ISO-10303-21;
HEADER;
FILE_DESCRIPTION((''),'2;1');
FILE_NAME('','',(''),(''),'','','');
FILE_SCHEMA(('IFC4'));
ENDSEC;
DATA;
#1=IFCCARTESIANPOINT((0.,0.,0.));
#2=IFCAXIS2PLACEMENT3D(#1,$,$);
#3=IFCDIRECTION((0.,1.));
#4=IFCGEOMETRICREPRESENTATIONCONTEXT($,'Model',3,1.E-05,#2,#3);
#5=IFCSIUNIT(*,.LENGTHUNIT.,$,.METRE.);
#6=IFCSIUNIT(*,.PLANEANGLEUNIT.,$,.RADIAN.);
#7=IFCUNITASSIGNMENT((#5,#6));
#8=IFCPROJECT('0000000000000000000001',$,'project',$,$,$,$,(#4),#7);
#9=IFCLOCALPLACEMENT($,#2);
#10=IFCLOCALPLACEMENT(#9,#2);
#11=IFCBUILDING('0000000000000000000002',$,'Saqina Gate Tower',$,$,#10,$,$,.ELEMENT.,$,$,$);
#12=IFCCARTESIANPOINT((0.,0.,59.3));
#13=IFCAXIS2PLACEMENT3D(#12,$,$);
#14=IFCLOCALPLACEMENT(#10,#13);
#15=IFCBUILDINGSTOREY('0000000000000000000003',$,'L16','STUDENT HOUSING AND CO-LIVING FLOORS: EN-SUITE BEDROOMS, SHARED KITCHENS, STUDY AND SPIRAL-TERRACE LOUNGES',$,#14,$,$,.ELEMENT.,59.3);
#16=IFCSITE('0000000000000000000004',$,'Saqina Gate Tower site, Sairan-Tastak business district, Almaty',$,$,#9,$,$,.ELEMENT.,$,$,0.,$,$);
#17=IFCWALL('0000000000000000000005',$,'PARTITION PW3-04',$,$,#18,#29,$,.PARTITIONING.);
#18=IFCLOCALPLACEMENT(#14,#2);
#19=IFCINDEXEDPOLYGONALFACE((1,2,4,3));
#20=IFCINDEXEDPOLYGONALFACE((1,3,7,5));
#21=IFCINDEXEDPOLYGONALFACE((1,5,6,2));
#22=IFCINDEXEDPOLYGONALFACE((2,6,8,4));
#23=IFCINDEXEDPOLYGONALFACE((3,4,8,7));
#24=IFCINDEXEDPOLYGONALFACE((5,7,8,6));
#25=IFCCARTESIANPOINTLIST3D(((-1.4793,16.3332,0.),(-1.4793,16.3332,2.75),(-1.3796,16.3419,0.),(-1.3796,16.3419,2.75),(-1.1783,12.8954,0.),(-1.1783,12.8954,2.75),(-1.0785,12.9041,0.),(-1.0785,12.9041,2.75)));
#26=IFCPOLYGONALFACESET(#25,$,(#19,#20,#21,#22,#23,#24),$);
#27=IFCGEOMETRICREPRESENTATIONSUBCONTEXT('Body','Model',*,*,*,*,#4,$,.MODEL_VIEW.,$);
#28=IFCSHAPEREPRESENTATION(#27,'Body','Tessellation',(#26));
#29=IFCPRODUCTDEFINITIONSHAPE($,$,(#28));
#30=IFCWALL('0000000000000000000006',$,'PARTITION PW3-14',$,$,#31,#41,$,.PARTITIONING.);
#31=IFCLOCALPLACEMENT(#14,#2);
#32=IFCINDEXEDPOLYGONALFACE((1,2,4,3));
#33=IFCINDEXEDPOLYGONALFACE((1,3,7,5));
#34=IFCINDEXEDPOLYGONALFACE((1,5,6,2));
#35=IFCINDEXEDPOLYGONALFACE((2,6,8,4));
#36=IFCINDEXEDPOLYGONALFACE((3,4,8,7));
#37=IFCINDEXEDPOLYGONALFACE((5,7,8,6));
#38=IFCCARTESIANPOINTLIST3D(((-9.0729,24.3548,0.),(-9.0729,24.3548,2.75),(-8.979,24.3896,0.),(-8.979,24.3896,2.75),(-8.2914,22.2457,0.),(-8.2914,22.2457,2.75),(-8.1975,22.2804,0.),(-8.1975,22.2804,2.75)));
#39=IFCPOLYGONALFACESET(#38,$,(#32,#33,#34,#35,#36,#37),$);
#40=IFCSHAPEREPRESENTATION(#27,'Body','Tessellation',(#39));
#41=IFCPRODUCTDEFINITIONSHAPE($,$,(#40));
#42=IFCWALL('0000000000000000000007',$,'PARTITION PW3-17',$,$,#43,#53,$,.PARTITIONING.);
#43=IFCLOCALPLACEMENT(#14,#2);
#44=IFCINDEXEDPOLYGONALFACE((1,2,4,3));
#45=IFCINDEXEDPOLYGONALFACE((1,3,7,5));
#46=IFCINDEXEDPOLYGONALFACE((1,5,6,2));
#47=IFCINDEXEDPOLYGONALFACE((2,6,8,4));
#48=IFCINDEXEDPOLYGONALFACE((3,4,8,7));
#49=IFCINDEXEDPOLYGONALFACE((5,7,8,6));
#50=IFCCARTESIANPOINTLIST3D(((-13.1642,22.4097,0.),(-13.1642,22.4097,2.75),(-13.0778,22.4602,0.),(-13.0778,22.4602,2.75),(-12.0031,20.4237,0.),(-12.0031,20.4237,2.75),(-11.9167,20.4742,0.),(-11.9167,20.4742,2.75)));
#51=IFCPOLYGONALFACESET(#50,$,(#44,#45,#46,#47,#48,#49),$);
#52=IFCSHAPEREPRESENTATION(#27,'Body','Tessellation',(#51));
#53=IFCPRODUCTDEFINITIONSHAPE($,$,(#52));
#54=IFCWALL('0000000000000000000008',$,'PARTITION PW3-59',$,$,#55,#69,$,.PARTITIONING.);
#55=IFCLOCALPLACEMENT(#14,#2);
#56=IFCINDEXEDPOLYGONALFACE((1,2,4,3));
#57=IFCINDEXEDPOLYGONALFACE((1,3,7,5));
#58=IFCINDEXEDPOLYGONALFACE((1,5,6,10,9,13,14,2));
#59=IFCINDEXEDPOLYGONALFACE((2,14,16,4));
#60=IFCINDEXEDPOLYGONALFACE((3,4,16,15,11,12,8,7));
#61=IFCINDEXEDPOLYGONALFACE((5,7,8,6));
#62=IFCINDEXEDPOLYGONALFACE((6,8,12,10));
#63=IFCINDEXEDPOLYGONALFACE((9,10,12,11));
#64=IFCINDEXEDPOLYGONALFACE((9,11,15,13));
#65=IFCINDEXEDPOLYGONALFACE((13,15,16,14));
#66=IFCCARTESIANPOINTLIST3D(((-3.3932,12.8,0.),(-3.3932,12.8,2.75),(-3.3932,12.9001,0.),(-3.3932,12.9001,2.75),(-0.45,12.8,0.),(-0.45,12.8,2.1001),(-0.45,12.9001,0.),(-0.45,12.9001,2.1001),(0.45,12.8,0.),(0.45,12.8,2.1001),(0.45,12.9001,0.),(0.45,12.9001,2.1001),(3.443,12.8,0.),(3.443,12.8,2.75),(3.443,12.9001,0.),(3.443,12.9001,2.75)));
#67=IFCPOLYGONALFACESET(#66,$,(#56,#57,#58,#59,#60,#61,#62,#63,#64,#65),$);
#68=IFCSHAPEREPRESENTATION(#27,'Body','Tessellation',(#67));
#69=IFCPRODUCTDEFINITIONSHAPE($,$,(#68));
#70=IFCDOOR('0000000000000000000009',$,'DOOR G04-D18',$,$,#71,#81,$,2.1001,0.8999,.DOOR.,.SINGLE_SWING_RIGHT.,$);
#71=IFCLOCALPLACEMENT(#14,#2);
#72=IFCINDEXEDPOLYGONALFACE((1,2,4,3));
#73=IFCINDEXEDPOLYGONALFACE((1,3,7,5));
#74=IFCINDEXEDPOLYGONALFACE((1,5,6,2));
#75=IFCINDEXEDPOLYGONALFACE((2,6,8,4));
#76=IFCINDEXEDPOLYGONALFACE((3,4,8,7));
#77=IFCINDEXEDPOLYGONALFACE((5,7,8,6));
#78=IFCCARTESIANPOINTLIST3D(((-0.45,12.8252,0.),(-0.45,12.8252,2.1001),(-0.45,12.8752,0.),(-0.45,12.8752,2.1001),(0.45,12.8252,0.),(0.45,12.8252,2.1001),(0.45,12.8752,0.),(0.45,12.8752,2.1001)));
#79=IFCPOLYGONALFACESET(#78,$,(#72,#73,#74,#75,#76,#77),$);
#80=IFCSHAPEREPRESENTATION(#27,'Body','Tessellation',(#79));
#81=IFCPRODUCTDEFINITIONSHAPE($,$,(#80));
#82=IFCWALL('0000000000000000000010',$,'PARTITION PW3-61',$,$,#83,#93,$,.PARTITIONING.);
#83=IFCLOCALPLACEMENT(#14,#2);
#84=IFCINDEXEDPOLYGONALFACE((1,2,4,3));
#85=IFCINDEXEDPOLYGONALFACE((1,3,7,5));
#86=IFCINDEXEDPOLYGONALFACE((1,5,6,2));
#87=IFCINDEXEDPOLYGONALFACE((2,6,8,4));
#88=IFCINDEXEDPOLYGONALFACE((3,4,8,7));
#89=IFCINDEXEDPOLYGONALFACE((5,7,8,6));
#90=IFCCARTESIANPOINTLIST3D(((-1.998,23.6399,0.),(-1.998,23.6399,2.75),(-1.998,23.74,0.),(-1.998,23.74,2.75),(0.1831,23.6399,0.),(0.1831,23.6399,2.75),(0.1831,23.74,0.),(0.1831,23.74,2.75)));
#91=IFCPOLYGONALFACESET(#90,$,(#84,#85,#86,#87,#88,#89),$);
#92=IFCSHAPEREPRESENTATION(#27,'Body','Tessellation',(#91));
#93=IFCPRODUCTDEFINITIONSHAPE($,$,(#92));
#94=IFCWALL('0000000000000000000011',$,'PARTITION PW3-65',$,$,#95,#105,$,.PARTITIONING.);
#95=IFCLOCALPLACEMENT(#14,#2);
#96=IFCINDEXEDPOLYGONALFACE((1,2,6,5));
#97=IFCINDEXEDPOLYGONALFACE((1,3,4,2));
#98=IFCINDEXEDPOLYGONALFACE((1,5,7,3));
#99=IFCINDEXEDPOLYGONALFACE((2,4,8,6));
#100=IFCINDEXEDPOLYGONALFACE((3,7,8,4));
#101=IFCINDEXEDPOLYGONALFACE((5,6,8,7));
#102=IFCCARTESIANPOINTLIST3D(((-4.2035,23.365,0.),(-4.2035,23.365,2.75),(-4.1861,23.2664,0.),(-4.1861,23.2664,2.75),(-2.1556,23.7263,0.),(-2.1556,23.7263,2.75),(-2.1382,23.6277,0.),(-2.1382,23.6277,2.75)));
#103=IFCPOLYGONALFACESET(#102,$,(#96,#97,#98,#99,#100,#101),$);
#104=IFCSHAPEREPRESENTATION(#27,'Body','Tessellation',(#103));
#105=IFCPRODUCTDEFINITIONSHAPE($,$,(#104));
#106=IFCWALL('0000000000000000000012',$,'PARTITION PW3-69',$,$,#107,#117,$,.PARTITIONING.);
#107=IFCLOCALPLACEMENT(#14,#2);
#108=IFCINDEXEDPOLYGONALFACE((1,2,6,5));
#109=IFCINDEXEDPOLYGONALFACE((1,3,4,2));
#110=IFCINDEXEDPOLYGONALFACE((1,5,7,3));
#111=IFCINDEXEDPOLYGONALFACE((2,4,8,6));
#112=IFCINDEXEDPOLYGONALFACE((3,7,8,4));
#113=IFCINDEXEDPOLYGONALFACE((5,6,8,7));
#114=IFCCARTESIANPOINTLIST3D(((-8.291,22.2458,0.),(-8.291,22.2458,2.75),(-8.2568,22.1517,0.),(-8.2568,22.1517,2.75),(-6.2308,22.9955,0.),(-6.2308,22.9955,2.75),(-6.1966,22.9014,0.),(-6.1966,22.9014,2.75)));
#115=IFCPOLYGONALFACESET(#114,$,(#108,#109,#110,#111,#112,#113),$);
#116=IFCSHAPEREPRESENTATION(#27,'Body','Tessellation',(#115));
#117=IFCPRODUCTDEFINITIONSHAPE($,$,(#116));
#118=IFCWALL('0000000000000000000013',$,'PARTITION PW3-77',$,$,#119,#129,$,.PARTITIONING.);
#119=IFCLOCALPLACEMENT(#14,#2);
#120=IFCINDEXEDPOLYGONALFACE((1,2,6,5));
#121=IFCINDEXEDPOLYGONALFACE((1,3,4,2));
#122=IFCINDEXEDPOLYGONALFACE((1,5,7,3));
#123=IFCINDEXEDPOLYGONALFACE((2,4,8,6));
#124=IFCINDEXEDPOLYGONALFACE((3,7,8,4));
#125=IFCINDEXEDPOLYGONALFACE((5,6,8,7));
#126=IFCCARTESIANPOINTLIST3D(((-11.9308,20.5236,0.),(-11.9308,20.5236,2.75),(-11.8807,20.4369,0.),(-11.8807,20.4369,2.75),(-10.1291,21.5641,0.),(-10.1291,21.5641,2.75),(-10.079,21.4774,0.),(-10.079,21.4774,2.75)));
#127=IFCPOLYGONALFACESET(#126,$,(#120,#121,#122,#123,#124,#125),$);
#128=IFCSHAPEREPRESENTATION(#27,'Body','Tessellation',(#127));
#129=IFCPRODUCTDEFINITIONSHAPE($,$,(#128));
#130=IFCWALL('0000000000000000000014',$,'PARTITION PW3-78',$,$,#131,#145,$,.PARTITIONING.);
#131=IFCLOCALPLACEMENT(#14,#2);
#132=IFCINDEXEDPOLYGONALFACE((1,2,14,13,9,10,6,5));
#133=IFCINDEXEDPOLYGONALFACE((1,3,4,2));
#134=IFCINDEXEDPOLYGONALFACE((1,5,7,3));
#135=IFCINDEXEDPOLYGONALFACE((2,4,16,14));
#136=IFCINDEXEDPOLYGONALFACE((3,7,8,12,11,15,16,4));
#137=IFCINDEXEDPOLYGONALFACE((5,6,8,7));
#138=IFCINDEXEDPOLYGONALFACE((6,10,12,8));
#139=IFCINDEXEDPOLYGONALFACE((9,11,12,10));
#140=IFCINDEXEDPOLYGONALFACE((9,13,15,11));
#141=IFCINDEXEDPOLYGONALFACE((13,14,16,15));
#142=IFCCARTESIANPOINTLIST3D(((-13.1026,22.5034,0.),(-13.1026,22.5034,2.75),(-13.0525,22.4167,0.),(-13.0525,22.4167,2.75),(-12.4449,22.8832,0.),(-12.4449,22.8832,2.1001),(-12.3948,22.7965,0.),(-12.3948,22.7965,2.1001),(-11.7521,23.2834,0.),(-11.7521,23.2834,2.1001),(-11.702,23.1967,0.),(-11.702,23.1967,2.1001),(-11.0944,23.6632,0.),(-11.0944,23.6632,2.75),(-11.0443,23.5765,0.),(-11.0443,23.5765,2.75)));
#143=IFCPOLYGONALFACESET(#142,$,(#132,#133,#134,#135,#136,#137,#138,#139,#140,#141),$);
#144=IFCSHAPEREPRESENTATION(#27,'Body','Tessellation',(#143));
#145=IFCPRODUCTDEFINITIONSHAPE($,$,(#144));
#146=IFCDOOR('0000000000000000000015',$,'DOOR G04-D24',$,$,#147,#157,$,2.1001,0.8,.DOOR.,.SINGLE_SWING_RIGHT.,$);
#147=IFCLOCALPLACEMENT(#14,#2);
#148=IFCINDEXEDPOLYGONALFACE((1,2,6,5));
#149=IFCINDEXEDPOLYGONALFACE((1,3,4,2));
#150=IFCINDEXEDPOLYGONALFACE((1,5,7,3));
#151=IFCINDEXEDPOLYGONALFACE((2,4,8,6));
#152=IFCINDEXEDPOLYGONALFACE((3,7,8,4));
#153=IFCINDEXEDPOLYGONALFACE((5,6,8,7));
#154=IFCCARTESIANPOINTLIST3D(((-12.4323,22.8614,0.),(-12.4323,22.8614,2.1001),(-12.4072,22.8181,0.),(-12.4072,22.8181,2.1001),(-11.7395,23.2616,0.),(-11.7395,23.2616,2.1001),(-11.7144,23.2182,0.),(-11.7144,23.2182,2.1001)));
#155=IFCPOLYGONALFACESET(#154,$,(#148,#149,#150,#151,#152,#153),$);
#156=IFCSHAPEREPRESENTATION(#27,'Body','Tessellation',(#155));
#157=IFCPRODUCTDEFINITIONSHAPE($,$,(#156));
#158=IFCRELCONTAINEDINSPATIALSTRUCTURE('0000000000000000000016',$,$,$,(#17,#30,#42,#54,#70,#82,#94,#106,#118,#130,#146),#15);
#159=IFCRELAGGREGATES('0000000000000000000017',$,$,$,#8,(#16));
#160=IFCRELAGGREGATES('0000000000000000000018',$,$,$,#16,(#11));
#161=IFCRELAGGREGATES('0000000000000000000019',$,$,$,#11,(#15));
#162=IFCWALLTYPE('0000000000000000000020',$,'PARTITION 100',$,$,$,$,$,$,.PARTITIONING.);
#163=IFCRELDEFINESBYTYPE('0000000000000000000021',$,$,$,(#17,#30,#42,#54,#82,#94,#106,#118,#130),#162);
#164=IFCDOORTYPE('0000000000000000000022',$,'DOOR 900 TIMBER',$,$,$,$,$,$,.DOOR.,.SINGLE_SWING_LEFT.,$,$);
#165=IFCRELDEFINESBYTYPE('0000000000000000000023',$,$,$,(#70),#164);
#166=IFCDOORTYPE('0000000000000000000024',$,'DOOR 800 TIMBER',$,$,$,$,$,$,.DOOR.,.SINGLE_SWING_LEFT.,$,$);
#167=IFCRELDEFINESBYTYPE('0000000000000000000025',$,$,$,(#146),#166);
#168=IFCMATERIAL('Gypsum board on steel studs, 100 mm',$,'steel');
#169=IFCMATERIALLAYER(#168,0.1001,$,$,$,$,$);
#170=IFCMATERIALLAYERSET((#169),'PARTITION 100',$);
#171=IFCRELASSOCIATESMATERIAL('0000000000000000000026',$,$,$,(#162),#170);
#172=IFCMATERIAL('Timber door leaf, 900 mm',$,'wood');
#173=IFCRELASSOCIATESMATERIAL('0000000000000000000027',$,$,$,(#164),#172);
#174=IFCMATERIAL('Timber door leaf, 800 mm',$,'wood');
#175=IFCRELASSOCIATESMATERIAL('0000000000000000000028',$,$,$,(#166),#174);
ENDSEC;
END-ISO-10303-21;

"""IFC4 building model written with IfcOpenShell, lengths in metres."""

from ifc_helpers import new_model, si_unit, direction, frame, frame_2d, origin, place, context, subcontext, project, spatial, rectangle, extrude, material, layer, layer_set, type_object, element, fill, save


model = new_model("IFC4")

# Units and contexts
model_context = context("Model", 3, precision=1e-05, world=origin(), true_north=direction((0.0, 1.0)))
body_context = subcontext(model_context, "Body", "Model", "MODEL_VIEW")
ifc_project = project(units=[si_unit("LENGTHUNIT", "METRE"), si_unit("PLANEANGLEUNIT", "RADIAN")], contexts=[model_context])

# Site, building, storey
site_placement = place(None, origin())
site = spatial("IfcSite", under=ifc_project, at=site_placement, Name="Saqina Gate Tower site, Sairan-Tastak business district, Almaty", CompositionType="ELEMENT", RefElevation=0.0)
building_placement = place(site_placement, origin())
building = spatial("IfcBuilding", under=site, at=building_placement, Name="Saqina Gate Tower", CompositionType="ELEMENT")
storey_placement = place(building_placement, frame((0.0, 0.0, 59.3)))
storey = spatial("IfcBuildingStorey", under=building, at=storey_placement, Name="L16", Description="STUDENT HOUSING AND CO-LIVING FLOORS: EN-SUITE BEDROOMS, SHARED KITCHENS, STUDY AND SPIRAL-TERRACE LOUNGES", CompositionType="ELEMENT", Elevation=59.3)

# Walls
ifc_material_1 = material(Name="Gypsum board on steel studs, 100 mm", Category="steel")
ifc_layer_1 = layer(ifc_material_1, 0.1001)
ifc_layer_set_1 = layer_set([ifc_layer_1], Name="PARTITION 100")
wall_type_1 = type_object("IfcWallType", Name="PARTITION 100", PredefinedType="PARTITIONING", material=ifc_layer_set_1)
wall_1_placement = place(storey_placement, frame((-1.4294, 16.3376, 0.0), z_axis=(0.0, 0.0, 1.0), x_axis=(0.087231, -0.996188, 0.0)))
element("IfcWall", 1, at=wall_1_placement, inside=storey, type_object=wall_type_1, Name="PARTITION PW3-04", PredefinedType="PARTITIONING", context=body_context, shape_type="SweptSolid", body=[
    extrude(rectangle(XDim=3.4509, YDim=0.1001, at=frame_2d((1.7256, 0.0))), origin(), (0.0, 0.0, 1.0), 2.75),
])
wall_2_placement = place(storey_placement, frame((-9.0259, 24.3721, 0.0), z_axis=(0.0, 0.0, 1.0), x_axis=(0.347445, -0.9377, 0.0)))
element("IfcWall", 2, at=wall_2_placement, inside=storey, type_object=wall_type_1, Name="PARTITION PW3-14", PredefinedType="PARTITIONING", context=body_context, shape_type="SweptSolid", body=[
    extrude(rectangle(XDim=2.2493, YDim=0.1001, at=frame_2d((1.1245, 0.0))), origin(), (0.0, 0.0, 1.0), 2.75),
])
wall_3_placement = place(storey_placement, frame((-13.1211, 22.4351, 0.0), z_axis=(0.0, 0.0, 1.0), x_axis=(0.504709, -0.86329, 0.0)))
element("IfcWall", 3, at=wall_3_placement, inside=storey, type_object=wall_type_1, Name="PARTITION PW3-17", PredefinedType="PARTITIONING", context=body_context, shape_type="SweptSolid", body=[
    extrude(rectangle(XDim=2.3005, YDim=0.1001, at=frame_2d((1.1504, 0.0))), origin(), (0.0, 0.0, 1.0), 2.75),
])

# Wall, opening, door
wall_4_placement = place(storey_placement, frame((-3.3931, 12.8501, 0.0), z_axis=(0.0, 0.0, 1.0), x_axis=(1.0, 0.0, 0.0)))
wall_4 = element("IfcWall", 4, at=wall_4_placement, inside=storey, type_object=wall_type_1, Name="PARTITION PW3-59", PredefinedType="PARTITIONING", context=body_context, shape_type="SweptSolid", body=[
    extrude(rectangle(XDim=6.8362, YDim=0.1001, at=frame_2d((3.418, 0.0))), origin(), (0.0, 0.0, 1.0), 2.75),
])
opening_1_placement = place(wall_4_placement, frame((2.9431, 0.0, 0.0)))
opening_1 = element("IfcOpeningElement", 5, at=opening_1_placement, cuts=wall_4, PredefinedType="OPENING", context=body_context, shape_type="SweptSolid", body=[
    extrude(rectangle(XDim=0.8999, YDim=2.1001, at=frame_2d((0.45, 1.05))), frame((0.0, 0.062, 0.0), z_axis=(0.0, -1.0, 0.0), x_axis=(1.0, 0.0, 0.0)), (0.0, 0.0, 1.0), 0.124),
])
ifc_material_2 = material(Name="Timber door leaf, 900 mm", Category="wood")
door_type_1 = type_object("IfcDoorType", Name="DOOR 900 TIMBER", OperationType="SINGLE_SWING_LEFT", PredefinedType="DOOR", material=ifc_material_2)
door_1_placement = place(opening_1_placement, frame((0.8999, 0.0, 0.0), z_axis=(0.0, 0.0, 1.0), x_axis=(-1.0, 0.0, 0.0)))
door_1 = element("IfcDoor", 6, at=door_1_placement, inside=storey, type_object=door_type_1, Name="DOOR G04-D18", OperationType="SINGLE_SWING_RIGHT", OverallHeight=2.1001, OverallWidth=0.8999, PredefinedType="DOOR", context=body_context, shape_type="SweptSolid", body=[
    extrude(rectangle(XDim=0.8999, YDim=2.1001, at=frame_2d((0.45, 1.05))), frame((0.0, 0.0249, 0.0), z_axis=(0.0, -1.0, 0.0), x_axis=(1.0, 0.0, 0.0)), (0.0, 0.0, 1.0), 0.05),
])
fill(opening_1, door_1)

# Walls
wall_5_placement = place(storey_placement, frame((-1.998, 23.6899, 0.0), z_axis=(0.0, 0.0, 1.0), x_axis=(1.0, 0.0, 0.0)))
element("IfcWall", 7, at=wall_5_placement, inside=storey, type_object=wall_type_1, Name="PARTITION PW3-61", PredefinedType="PARTITIONING", context=body_context, shape_type="SweptSolid", body=[
    extrude(rectangle(XDim=2.1812, YDim=0.1001, at=frame_2d((1.0906, 0.0))), origin(), (0.0, 0.0, 1.0), 2.75),
])
wall_6_placement = place(storey_placement, frame((-4.1948, 23.3157, 0.0), z_axis=(0.0, 0.0, 1.0), x_axis=(0.984788, 0.173759, 0.0)))
element("IfcWall", 8, at=wall_6_placement, inside=storey, type_object=wall_type_1, Name="PARTITION PW3-65", PredefinedType="PARTITIONING", context=body_context, shape_type="SweptSolid", body=[
    extrude(rectangle(XDim=2.0796, YDim=0.1001, at=frame_2d((1.0398, 0.0))), origin(), (0.0, 0.0, 1.0), 2.75),
])
wall_7_placement = place(storey_placement, frame((-8.2739, 22.1987, 0.0), z_axis=(0.0, 0.0, 1.0), x_axis=(0.939712, 0.341967, 0.0)))
element("IfcWall", 9, at=wall_7_placement, inside=storey, type_object=wall_type_1, Name="PARTITION PW3-69", PredefinedType="PARTITIONING", context=body_context, shape_type="SweptSolid", body=[
    extrude(rectangle(XDim=2.1924, YDim=0.1001, at=frame_2d((1.0962, 0.0))), origin(), (0.0, 0.0, 1.0), 2.75),
])
wall_8_placement = place(storey_placement, frame((-11.9058, 20.4802, 0.0), z_axis=(0.0, 0.0, 1.0), x_axis=(0.865967, 0.500102, 0.0)))
element("IfcWall", 10, at=wall_8_placement, inside=storey, type_object=wall_type_1, Name="PARTITION PW3-77", PredefinedType="PARTITIONING", context=body_context, shape_type="SweptSolid", body=[
    extrude(rectangle(XDim=2.0806, YDim=0.1001, at=frame_2d((1.0403, 0.0))), origin(), (0.0, 0.0, 1.0), 2.75),
])

# Wall, opening, door
wall_9_placement = place(storey_placement, frame((-13.0776, 22.46, 0.0), z_axis=(0.0, 0.0, 1.0), x_axis=(0.865947, 0.500136, 0.0)))
wall_9 = element("IfcWall", 11, at=wall_9_placement, inside=storey, type_object=wall_type_1, Name="PARTITION PW3-78", PredefinedType="PARTITIONING", context=body_context, shape_type="SweptSolid", body=[
    extrude(rectangle(XDim=2.3191, YDim=0.1001, at=frame_2d((1.1597, 0.0))), origin(), (0.0, 0.0, 1.0), 2.75),
])
opening_2_placement = place(wall_9_placement, frame((0.7598, 0.0, 0.0)))
opening_2 = element("IfcOpeningElement", 12, at=opening_2_placement, cuts=wall_9, PredefinedType="OPENING", context=body_context, shape_type="SweptSolid", body=[
    extrude(rectangle(XDim=0.8, YDim=2.1001, at=frame_2d((0.3999, 1.05))), frame((0.0, 0.062, 0.0), z_axis=(0.0, -1.0, 0.0), x_axis=(1.0, 0.0, 0.0)), (0.0, 0.0, 1.0), 0.124),
])
ifc_material_3 = material(Name="Timber door leaf, 800 mm", Category="wood")
door_type_2 = type_object("IfcDoorType", Name="DOOR 800 TIMBER", OperationType="SINGLE_SWING_LEFT", PredefinedType="DOOR", material=ifc_material_3)
door_2_placement = place(opening_2_placement, origin())
door_2 = element("IfcDoor", 13, at=door_2_placement, inside=storey, type_object=door_type_2, Name="DOOR G04-D24", OperationType="SINGLE_SWING_RIGHT", OverallHeight=2.1001, OverallWidth=0.8, PredefinedType="DOOR", context=body_context, shape_type="SweptSolid", body=[
    extrude(rectangle(XDim=0.8, YDim=2.1001, at=frame_2d((0.3999, 1.05))), frame((0.0, 0.0249, 0.0), z_axis=(0.0, -1.0, 0.0), x_axis=(1.0, 0.0, 0.0)), (0.0, 0.0, 1.0), 0.05),
])
fill(opening_2, door_2)

save(model, "model.ifc")
